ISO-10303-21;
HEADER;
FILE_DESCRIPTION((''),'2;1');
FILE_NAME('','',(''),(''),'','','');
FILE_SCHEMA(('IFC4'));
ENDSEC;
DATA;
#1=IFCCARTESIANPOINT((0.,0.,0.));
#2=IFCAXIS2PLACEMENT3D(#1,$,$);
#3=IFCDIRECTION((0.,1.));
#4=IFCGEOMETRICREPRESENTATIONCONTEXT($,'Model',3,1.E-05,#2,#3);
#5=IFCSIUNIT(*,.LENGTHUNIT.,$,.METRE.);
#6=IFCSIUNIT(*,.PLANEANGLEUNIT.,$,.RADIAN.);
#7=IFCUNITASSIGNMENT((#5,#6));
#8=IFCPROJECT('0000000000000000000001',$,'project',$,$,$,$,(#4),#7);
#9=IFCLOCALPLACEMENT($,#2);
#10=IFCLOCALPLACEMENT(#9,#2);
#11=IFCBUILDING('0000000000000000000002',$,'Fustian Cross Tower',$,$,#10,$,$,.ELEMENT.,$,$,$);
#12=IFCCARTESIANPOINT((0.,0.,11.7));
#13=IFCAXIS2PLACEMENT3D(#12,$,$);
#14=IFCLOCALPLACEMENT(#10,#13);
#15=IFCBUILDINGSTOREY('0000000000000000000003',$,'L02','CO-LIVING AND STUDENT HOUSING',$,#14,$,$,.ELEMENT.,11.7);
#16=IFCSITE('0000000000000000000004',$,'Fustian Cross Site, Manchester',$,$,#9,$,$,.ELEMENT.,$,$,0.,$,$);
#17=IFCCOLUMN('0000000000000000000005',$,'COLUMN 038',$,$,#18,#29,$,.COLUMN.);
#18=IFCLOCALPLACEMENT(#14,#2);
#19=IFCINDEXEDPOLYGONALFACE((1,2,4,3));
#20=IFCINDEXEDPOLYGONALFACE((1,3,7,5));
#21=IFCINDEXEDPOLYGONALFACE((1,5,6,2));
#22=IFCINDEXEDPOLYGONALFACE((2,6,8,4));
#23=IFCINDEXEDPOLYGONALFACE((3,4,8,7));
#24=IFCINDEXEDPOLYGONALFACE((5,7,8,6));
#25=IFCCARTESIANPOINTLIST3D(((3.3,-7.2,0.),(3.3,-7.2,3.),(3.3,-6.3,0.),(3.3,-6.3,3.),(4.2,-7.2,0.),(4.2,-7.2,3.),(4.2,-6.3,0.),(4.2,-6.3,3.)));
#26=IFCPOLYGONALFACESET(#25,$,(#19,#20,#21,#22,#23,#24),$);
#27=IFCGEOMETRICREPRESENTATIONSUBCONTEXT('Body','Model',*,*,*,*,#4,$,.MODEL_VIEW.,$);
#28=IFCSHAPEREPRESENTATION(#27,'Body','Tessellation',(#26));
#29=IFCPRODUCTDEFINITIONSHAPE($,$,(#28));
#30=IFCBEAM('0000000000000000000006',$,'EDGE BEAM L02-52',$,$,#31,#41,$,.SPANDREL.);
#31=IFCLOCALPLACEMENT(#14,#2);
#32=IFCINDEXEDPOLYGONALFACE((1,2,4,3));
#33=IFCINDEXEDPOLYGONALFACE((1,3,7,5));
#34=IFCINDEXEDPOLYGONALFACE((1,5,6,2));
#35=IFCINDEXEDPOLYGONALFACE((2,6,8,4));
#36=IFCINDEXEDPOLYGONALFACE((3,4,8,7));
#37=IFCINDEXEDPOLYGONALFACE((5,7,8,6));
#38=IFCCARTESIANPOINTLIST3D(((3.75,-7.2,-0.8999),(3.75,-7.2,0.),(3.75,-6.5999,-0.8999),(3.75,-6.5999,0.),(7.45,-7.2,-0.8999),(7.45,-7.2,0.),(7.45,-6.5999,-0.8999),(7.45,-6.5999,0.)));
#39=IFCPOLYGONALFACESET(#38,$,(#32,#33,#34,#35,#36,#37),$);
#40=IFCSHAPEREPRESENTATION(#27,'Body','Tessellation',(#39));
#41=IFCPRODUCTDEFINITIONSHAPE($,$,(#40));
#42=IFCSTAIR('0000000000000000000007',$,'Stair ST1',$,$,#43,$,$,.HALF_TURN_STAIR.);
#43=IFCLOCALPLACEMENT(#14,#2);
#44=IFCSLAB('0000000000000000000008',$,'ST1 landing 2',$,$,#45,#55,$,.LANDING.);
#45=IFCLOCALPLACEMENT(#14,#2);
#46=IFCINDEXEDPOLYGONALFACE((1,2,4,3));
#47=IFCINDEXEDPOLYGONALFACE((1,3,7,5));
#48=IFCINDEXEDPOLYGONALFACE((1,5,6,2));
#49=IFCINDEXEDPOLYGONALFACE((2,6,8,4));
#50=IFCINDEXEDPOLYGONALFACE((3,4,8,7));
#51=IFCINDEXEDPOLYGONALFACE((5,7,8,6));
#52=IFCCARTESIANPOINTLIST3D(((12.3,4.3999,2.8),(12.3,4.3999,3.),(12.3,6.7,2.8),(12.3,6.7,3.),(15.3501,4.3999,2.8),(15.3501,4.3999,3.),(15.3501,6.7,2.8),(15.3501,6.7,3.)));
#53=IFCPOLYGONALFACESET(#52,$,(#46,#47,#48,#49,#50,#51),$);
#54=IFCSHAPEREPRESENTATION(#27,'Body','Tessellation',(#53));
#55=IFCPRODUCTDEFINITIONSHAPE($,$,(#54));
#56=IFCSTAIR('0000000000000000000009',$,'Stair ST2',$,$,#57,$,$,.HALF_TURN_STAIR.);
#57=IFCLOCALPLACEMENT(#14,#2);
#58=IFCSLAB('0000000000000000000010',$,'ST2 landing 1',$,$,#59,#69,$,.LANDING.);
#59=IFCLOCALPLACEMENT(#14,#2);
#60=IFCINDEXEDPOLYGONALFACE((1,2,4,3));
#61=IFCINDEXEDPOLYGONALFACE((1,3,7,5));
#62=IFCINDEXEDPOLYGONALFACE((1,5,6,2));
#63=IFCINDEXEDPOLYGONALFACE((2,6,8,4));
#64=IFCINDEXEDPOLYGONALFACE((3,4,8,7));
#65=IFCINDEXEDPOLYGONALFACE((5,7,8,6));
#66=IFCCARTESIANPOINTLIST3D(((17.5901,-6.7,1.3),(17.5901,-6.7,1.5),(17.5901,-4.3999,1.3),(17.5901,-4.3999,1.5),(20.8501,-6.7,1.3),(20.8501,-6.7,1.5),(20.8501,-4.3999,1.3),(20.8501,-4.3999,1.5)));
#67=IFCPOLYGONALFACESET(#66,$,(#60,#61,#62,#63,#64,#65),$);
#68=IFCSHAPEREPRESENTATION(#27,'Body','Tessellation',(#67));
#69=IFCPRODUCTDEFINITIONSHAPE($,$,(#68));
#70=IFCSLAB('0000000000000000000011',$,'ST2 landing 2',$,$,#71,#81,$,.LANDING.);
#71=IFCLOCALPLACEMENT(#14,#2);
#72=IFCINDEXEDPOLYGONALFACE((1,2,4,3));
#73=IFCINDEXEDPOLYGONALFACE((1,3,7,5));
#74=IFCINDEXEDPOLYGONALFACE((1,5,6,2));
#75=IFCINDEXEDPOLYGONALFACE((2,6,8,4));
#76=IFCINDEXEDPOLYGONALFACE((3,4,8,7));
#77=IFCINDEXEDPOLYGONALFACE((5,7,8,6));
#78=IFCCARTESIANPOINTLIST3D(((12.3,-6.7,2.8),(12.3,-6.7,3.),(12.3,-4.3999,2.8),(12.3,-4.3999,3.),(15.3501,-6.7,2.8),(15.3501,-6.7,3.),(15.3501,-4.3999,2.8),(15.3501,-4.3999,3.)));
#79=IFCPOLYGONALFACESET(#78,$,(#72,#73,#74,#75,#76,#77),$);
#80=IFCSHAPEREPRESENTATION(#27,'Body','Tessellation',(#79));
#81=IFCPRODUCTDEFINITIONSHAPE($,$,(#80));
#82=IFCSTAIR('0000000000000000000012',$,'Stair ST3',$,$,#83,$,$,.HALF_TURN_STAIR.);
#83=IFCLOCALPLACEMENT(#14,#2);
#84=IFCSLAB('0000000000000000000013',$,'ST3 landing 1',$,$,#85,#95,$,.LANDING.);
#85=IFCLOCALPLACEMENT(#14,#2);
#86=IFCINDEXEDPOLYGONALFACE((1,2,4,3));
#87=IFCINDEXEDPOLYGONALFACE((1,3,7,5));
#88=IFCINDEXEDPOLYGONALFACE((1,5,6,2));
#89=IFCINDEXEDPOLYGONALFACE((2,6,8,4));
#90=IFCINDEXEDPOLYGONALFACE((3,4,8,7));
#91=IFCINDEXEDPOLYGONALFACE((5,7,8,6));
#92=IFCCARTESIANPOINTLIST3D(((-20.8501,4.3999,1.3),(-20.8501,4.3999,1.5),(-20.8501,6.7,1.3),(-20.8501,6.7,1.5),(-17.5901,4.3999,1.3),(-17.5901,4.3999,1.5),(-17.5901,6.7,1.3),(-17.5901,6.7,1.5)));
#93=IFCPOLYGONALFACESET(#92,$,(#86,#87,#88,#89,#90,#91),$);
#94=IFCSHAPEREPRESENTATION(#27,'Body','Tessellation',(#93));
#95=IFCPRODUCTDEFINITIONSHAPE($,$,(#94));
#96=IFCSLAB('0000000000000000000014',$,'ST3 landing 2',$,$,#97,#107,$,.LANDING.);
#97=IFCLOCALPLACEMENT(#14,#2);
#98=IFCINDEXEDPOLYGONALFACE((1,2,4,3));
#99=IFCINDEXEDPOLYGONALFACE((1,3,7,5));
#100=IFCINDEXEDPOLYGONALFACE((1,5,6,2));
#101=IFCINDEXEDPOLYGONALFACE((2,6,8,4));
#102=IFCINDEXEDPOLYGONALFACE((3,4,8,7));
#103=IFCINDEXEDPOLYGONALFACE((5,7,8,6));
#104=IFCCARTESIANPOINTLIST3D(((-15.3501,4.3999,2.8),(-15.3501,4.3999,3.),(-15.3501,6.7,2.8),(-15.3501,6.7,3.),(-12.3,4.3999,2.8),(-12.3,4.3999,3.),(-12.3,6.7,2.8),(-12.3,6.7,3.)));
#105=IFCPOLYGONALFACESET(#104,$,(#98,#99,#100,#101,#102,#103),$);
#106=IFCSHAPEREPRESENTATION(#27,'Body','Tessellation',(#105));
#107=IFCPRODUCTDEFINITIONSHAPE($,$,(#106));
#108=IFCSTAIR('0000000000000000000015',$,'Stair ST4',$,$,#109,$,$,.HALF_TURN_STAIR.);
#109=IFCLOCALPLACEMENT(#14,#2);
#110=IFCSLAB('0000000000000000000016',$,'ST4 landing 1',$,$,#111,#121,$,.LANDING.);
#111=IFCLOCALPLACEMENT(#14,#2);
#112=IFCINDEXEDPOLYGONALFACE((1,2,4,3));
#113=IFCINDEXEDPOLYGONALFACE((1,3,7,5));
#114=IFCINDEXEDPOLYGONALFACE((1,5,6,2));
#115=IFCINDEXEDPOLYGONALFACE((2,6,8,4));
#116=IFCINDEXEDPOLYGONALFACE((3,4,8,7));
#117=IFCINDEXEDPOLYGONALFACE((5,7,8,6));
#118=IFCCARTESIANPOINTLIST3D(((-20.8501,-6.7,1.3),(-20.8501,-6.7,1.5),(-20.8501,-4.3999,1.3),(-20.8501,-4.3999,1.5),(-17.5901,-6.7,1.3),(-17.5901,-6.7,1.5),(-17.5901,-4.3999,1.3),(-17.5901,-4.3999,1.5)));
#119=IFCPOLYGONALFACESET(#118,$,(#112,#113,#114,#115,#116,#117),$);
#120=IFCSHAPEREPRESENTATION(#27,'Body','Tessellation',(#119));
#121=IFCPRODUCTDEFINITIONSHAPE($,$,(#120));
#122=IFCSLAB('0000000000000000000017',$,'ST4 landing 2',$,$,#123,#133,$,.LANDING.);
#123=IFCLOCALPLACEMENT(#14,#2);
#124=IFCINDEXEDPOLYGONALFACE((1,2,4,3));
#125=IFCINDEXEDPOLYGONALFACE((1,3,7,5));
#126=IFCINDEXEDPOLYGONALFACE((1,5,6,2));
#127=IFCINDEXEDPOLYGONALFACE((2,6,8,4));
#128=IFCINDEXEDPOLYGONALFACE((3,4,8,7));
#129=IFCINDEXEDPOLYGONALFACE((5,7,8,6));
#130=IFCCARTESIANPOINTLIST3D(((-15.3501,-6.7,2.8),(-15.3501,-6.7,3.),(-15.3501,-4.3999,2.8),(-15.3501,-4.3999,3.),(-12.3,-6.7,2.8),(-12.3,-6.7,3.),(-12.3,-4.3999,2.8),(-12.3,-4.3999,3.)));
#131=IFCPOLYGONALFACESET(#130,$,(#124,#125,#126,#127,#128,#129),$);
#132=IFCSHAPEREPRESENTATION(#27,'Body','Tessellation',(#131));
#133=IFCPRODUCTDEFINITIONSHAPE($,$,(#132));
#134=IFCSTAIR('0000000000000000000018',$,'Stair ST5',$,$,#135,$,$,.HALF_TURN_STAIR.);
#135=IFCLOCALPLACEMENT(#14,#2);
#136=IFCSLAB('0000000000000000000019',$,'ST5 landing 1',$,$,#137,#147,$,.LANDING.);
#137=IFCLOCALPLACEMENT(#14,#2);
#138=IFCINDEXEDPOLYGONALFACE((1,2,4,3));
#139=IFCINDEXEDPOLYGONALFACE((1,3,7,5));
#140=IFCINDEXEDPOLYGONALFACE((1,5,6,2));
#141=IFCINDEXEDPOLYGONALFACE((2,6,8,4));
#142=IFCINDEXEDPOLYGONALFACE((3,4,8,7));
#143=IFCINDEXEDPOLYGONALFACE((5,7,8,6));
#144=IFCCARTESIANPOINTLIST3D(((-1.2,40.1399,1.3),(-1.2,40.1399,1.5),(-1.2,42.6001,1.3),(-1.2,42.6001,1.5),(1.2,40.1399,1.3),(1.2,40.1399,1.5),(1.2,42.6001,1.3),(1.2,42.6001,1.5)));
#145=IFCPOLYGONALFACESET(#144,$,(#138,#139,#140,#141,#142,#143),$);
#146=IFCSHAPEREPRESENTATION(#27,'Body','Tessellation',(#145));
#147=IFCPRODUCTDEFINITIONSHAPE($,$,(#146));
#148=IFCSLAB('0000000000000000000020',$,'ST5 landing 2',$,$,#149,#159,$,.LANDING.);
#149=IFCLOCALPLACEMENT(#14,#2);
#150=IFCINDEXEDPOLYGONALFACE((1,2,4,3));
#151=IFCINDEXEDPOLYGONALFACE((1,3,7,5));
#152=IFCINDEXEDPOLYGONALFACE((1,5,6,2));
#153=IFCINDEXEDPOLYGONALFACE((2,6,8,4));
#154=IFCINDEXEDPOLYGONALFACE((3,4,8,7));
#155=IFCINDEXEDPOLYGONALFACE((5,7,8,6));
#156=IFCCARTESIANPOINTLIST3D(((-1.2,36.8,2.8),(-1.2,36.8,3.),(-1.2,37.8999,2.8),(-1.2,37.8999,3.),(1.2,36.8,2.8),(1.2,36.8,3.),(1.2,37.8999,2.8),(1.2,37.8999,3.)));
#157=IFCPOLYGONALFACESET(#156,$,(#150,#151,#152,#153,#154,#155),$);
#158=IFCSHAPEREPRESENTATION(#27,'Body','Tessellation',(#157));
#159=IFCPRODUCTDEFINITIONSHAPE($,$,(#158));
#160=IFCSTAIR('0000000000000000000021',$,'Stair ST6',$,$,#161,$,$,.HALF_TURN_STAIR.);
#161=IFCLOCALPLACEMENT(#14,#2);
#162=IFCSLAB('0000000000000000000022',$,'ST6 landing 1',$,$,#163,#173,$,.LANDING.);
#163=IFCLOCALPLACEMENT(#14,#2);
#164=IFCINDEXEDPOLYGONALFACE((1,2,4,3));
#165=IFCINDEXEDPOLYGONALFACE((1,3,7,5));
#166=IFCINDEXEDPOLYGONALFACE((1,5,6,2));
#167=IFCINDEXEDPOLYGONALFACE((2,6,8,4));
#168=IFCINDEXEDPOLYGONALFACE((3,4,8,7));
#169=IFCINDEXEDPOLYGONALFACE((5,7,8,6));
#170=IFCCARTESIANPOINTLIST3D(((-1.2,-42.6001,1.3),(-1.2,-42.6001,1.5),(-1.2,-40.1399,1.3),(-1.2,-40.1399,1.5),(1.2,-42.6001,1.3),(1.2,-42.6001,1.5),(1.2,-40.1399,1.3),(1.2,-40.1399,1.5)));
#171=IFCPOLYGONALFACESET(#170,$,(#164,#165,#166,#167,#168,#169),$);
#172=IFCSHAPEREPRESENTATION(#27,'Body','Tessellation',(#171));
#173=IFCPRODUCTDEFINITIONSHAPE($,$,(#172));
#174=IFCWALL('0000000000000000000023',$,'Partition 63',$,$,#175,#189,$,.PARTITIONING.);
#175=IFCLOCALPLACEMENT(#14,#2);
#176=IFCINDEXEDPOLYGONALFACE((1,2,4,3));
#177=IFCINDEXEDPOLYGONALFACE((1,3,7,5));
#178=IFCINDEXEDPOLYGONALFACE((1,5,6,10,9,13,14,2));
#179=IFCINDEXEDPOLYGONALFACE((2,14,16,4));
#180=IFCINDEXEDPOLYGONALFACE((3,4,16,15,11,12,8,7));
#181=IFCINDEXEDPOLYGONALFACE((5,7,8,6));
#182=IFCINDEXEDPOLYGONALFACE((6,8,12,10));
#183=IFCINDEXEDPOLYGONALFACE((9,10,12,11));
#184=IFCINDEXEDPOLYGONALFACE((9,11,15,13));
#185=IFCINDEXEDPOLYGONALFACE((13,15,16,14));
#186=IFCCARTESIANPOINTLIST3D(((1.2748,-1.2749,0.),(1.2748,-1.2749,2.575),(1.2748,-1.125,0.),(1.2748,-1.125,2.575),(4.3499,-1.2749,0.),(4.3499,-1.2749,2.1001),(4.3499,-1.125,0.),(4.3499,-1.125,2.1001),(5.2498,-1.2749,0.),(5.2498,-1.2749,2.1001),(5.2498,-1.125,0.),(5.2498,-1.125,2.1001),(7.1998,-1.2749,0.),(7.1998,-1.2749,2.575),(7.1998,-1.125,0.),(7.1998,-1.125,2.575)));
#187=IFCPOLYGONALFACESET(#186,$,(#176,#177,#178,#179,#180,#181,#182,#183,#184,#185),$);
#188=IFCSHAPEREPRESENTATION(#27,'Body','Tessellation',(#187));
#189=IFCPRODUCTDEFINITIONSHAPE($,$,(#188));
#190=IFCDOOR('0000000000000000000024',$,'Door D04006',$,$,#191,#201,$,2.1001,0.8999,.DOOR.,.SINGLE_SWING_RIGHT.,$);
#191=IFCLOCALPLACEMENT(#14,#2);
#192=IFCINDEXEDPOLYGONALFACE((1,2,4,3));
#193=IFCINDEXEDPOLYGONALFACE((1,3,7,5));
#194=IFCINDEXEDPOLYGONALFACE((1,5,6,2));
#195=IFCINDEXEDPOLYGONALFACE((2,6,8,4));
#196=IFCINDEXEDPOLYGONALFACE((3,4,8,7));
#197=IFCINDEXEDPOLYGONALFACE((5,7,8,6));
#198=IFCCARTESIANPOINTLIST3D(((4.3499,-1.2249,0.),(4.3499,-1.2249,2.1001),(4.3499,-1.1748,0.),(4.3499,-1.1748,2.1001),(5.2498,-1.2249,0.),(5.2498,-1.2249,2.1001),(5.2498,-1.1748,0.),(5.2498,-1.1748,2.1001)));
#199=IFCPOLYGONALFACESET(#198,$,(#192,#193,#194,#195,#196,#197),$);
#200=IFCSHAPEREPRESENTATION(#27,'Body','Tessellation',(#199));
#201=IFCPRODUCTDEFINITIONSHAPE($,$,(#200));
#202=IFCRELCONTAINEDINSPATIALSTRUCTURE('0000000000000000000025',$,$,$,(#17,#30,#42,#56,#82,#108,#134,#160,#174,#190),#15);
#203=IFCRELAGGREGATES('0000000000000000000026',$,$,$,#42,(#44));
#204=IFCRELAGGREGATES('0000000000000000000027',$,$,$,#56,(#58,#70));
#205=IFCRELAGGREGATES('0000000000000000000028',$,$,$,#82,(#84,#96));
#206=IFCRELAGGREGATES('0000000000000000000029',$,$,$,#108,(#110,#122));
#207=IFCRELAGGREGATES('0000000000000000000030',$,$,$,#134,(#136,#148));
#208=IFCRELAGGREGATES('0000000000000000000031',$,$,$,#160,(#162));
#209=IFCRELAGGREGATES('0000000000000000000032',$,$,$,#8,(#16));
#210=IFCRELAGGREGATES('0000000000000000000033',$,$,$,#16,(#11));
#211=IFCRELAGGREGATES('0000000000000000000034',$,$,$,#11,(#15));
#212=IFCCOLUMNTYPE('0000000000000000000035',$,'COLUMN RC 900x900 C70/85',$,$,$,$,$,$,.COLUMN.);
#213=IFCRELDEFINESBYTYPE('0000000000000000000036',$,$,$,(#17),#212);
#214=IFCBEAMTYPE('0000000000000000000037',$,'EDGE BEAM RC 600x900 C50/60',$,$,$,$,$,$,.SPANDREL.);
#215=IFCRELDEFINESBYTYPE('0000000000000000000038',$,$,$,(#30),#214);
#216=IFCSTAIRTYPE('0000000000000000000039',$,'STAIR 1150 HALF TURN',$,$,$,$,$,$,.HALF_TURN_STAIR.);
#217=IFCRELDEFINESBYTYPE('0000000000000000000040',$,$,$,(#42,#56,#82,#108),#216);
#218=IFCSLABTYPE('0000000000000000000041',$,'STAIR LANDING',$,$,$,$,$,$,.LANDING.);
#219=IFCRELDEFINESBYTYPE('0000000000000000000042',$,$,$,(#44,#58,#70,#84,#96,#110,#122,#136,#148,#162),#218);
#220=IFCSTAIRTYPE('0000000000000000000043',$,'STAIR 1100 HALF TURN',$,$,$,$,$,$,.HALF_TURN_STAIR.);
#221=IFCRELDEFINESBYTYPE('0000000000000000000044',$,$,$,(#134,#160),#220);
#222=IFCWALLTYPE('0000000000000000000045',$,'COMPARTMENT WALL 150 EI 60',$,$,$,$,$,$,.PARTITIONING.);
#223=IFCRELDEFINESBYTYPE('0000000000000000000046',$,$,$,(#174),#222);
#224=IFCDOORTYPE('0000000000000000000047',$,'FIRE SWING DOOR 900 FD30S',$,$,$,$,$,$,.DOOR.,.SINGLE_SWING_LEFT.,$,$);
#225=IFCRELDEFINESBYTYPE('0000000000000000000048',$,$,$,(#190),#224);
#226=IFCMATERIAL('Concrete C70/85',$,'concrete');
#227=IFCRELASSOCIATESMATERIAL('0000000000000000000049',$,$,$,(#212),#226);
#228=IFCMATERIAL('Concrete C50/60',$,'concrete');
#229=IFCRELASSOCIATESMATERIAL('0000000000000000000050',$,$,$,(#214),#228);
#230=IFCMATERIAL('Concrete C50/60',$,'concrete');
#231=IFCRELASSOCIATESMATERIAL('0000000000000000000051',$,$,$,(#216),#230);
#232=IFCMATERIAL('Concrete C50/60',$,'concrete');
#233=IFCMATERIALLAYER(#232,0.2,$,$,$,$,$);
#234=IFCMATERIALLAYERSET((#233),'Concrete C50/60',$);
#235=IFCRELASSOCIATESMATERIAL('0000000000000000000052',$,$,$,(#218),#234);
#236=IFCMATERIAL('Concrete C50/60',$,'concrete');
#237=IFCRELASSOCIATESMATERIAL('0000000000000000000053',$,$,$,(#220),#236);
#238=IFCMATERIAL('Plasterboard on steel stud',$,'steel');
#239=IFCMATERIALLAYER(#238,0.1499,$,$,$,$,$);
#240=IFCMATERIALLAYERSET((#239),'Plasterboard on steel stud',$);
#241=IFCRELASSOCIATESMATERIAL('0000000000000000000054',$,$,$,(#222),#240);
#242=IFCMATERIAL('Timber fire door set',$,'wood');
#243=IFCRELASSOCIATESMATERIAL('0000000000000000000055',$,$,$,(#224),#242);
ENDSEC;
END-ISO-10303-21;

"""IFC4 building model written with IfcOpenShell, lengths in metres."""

from ifc_helpers import new_model, si_unit, direction, frame, frame_2d, origin, origin_2d, place, context, subcontext, project, spatial, polyline, rectangle, outline, extrude, material, layer, layer_set, material_profile, profile_set, type_object, element, fill, aggregate, save


model = new_model("IFC4")

# Units and contexts
model_context = context("Model", 3, precision=1e-05, world=origin(), true_north=direction((0.0, 1.0)))
body_context = subcontext(model_context, "Body", "Model", "MODEL_VIEW")
ifc_project = project(units=[si_unit("LENGTHUNIT", "METRE"), si_unit("PLANEANGLEUNIT", "RADIAN")], contexts=[model_context])

# Site, building, storey
site_placement = place(None, origin())
site = spatial("IfcSite", under=ifc_project, at=site_placement, Name="Fustian Cross Site, Manchester", CompositionType="ELEMENT", RefElevation=0.0)
building_placement = place(site_placement, origin())
building = spatial("IfcBuilding", under=site, at=building_placement, Name="Fustian Cross Tower", CompositionType="ELEMENT")
storey_placement = place(building_placement, frame((0.0, 0.0, 11.7)))
storey = spatial("IfcBuildingStorey", under=building, at=storey_placement, Name="L02", Description="CO-LIVING AND STUDENT HOUSING", CompositionType="ELEMENT", Elevation=11.7)

# Column
ifc_material_1 = material(Name="Concrete C70/85", Category="concrete")
ifc_material_profile_1 = material_profile(ifc_material_1, rectangle(XDim=0.8999, YDim=0.8999, at=origin_2d()), Name="RC 900x900")
ifc_profile_set_1 = profile_set([ifc_material_profile_1], Name="Concrete C70/85")
column_type = type_object("IfcColumnType", Name="COLUMN RC 900x900 C70/85", PredefinedType="COLUMN", material=ifc_profile_set_1)
column_placement = place(storey_placement, frame((3.75, -6.75, 0.0), z_axis=(0.0, 0.0, 1.0), x_axis=(1.0, 0.0, 0.0)))
element("IfcColumn", 1, at=column_placement, inside=storey, type_object=column_type, Name="COLUMN 038", PredefinedType="COLUMN", context=body_context, shape_type="SweptSolid", body=[
    extrude(rectangle(XDim=0.8999, YDim=0.8999, at=origin_2d()), origin(), (0.0, 0.0, 1.0), 3.0),
])

# Beam
ifc_material_2 = material(Name="Concrete C50/60", Category="concrete")
ifc_material_profile_2 = material_profile(ifc_material_2, rectangle(XDim=0.6001, YDim=0.8999, at=origin_2d()), Name="RC 600x900")
ifc_profile_set_2 = profile_set([ifc_material_profile_2], Name="Concrete C50/60")
beam_type = type_object("IfcBeamType", Name="EDGE BEAM RC 600x900 C50/60", PredefinedType="SPANDREL", material=ifc_profile_set_2)
beam_placement = place(storey_placement, frame((3.75, -6.8999, -0.45), z_axis=(1.0, 0.0, 0.0), x_axis=(0.0, 1.0, 0.0)))
element("IfcBeam", 2, at=beam_placement, inside=storey, type_object=beam_type, Name="EDGE BEAM L02-52", PredefinedType="SPANDREL", context=body_context, shape_type="SweptSolid", body=[
    extrude(rectangle(XDim=0.6001, YDim=0.8999, at=origin_2d()), origin(), (0.0, 0.0, 1.0), 3.7),
])

# Stair, slab
ifc_material_3 = material(Name="Concrete C50/60", Category="concrete")
stair_type_1 = type_object("IfcStairType", Name="STAIR 1150 HALF TURN", PredefinedType="HALF_TURN_STAIR", material=ifc_material_3)
stair_1_placement = place(storey_placement, origin())
stair_1 = element("IfcStair", 3, at=stair_1_placement, inside=storey, type_object=stair_type_1, Name="Stair ST1", PredefinedType="HALF_TURN_STAIR")
ifc_material_4 = material(Name="Concrete C50/60", Category="concrete")
ifc_layer_1 = layer(ifc_material_4, 0.2)
ifc_layer_set_1 = layer_set([ifc_layer_1], Name="Concrete C50/60")
slab_type = type_object("IfcSlabType", Name="STAIR LANDING", PredefinedType="LANDING", material=ifc_layer_set_1)
slab_1_placement = place(storey_placement, frame((0.0, 0.0, 2.8)))
slab_1 = element("IfcSlab", 4, at=slab_1_placement, type_object=slab_type, Name="ST1 landing 2", PredefinedType="LANDING", context=body_context, shape_type="SweptSolid", body=[
    extrude(outline(polyline([(12.3, 4.3999), (15.3501, 4.3999), (15.3501, 6.7), (12.3, 6.7), (12.3, 4.3999)])), origin(), (0.0, 0.0, 1.0), 0.2),
])
aggregate(stair_1, [slab_1])

# Stairs, slabs
stair_2_placement = place(storey_placement, origin())
stair_2 = element("IfcStair", 5, at=stair_2_placement, inside=storey, type_object=stair_type_1, Name="Stair ST2", PredefinedType="HALF_TURN_STAIR")
slab_2_placement = place(storey_placement, frame((0.0, 0.0, 1.3)))
slab_2 = element("IfcSlab", 6, at=slab_2_placement, type_object=slab_type, Name="ST2 landing 1", PredefinedType="LANDING", context=body_context, shape_type="SweptSolid", body=[
    extrude(outline(polyline([(17.5901, -4.3999), (20.8501, -4.3999), (20.8501, -6.7), (17.5901, -6.7), (17.5901, -4.3999)])), origin(), (0.0, 0.0, 1.0), 0.2),
])
slab_3_placement = place(storey_placement, frame((0.0, 0.0, 2.8)))
slab_3 = element("IfcSlab", 7, at=slab_3_placement, type_object=slab_type, Name="ST2 landing 2", PredefinedType="LANDING", context=body_context, shape_type="SweptSolid", body=[
    extrude(outline(polyline([(12.3, -4.3999), (15.3501, -4.3999), (15.3501, -6.7), (12.3, -6.7), (12.3, -4.3999)])), origin(), (0.0, 0.0, 1.0), 0.2),
])
aggregate(stair_2, [slab_2, slab_3])
stair_3_placement = place(storey_placement, origin())
stair_3 = element("IfcStair", 8, at=stair_3_placement, inside=storey, type_object=stair_type_1, Name="Stair ST3", PredefinedType="HALF_TURN_STAIR")
slab_4_placement = place(storey_placement, frame((0.0, 0.0, 1.3)))
slab_4 = element("IfcSlab", 9, at=slab_4_placement, type_object=slab_type, Name="ST3 landing 1", PredefinedType="LANDING", context=body_context, shape_type="SweptSolid", body=[
    extrude(outline(polyline([(-17.5901, 4.3999), (-20.8501, 4.3999), (-20.8501, 6.7), (-17.5901, 6.7), (-17.5901, 4.3999)])), origin(), (0.0, 0.0, 1.0), 0.2),
])
slab_5_placement = place(storey_placement, frame((0.0, 0.0, 2.8)))
slab_5 = element("IfcSlab", 10, at=slab_5_placement, type_object=slab_type, Name="ST3 landing 2", PredefinedType="LANDING", context=body_context, shape_type="SweptSolid", body=[
    extrude(outline(polyline([(-12.3, 4.3999), (-15.3501, 4.3999), (-15.3501, 6.7), (-12.3, 6.7), (-12.3, 4.3999)])), origin(), (0.0, 0.0, 1.0), 0.2),
])
aggregate(stair_3, [slab_4, slab_5])
stair_4_placement = place(storey_placement, origin())
stair_4 = element("IfcStair", 11, at=stair_4_placement, inside=storey, type_object=stair_type_1, Name="Stair ST4", PredefinedType="HALF_TURN_STAIR")
slab_6_placement = place(storey_placement, frame((0.0, 0.0, 1.3)))
slab_6 = element("IfcSlab", 12, at=slab_6_placement, type_object=slab_type, Name="ST4 landing 1", PredefinedType="LANDING", context=body_context, shape_type="SweptSolid", body=[
    extrude(outline(polyline([(-17.5901, -4.3999), (-20.8501, -4.3999), (-20.8501, -6.7), (-17.5901, -6.7), (-17.5901, -4.3999)])), origin(), (0.0, 0.0, 1.0), 0.2),
])
slab_7_placement = place(storey_placement, frame((0.0, 0.0, 2.8)))
slab_7 = element("IfcSlab", 13, at=slab_7_placement, type_object=slab_type, Name="ST4 landing 2", PredefinedType="LANDING", context=body_context, shape_type="SweptSolid", body=[
    extrude(outline(polyline([(-12.3, -4.3999), (-15.3501, -4.3999), (-15.3501, -6.7), (-12.3, -6.7), (-12.3, -4.3999)])), origin(), (0.0, 0.0, 1.0), 0.2),
])
aggregate(stair_4, [slab_6, slab_7])
ifc_material_5 = material(Name="Concrete C50/60", Category="concrete")
stair_type_2 = type_object("IfcStairType", Name="STAIR 1100 HALF TURN", PredefinedType="HALF_TURN_STAIR", material=ifc_material_5)
stair_5_placement = place(storey_placement, origin())
stair_5 = element("IfcStair", 14, at=stair_5_placement, inside=storey, type_object=stair_type_2, Name="Stair ST5", PredefinedType="HALF_TURN_STAIR")
slab_8_placement = place(storey_placement, frame((0.0, 0.0, 1.3)))
slab_8 = element("IfcSlab", 15, at=slab_8_placement, type_object=slab_type, Name="ST5 landing 1", PredefinedType="LANDING", context=body_context, shape_type="SweptSolid", body=[
    extrude(outline(polyline([(-1.2, 40.1399), (-1.2, 42.6001), (1.2, 42.6001), (1.2, 40.1399), (-1.2, 40.1399)])), origin(), (0.0, 0.0, 1.0), 0.2),
])
slab_9_placement = place(storey_placement, frame((0.0, 0.0, 2.8)))
slab_9 = element("IfcSlab", 16, at=slab_9_placement, type_object=slab_type, Name="ST5 landing 2", PredefinedType="LANDING", context=body_context, shape_type="SweptSolid", body=[
    extrude(outline(polyline([(-1.2, 36.8), (-1.2, 37.8999), (1.2, 37.8999), (1.2, 36.8), (-1.2, 36.8)])), origin(), (0.0, 0.0, 1.0), 0.2),
])
aggregate(stair_5, [slab_8, slab_9])

# Stair, slab
stair_6_placement = place(storey_placement, origin())
stair_6 = element("IfcStair", 17, at=stair_6_placement, inside=storey, type_object=stair_type_2, Name="Stair ST6", PredefinedType="HALF_TURN_STAIR")
slab_10_placement = place(storey_placement, frame((0.0, 0.0, 1.3)))
slab_10 = element("IfcSlab", 18, at=slab_10_placement, type_object=slab_type, Name="ST6 landing 1", PredefinedType="LANDING", context=body_context, shape_type="SweptSolid", body=[
    extrude(outline(polyline([(-1.2, -40.1399), (-1.2, -42.6001), (1.2, -42.6001), (1.2, -40.1399), (-1.2, -40.1399)])), origin(), (0.0, 0.0, 1.0), 0.2),
])
aggregate(stair_6, [slab_10])

# Wall, opening, door
ifc_material_6 = material(Name="Plasterboard on steel stud", Category="steel")
ifc_layer_2 = layer(ifc_material_6, 0.1499)
ifc_layer_set_2 = layer_set([ifc_layer_2], Name="Plasterboard on steel stud")
wall_type_1 = type_object("IfcWallType", Name="COMPARTMENT WALL 150 EI 60", PredefinedType="PARTITIONING", material=ifc_layer_set_2)
wall_1_placement = place(storey_placement, frame((1.2749, -1.2, 0.0), z_axis=(0.0, 0.0, 1.0), x_axis=(1.0, 0.0, 0.0)))
wall_1 = element("IfcWall", 19, at=wall_1_placement, inside=storey, type_object=wall_type_1, Name="Partition 63", PredefinedType="PARTITIONING", context=body_context, shape_type="SweptSolid", body=[
    extrude(rectangle(XDim=5.925, YDim=0.1499, at=frame_2d((2.9624, 0.0))), origin(), (0.0, 0.0, 1.0), 2.575),
])
opening_1_placement = place(wall_1_placement, frame((3.075, 0.0, 0.0)))
opening_1 = element("IfcOpeningElement", 20, at=opening_1_placement, cuts=wall_1, PredefinedType="OPENING", context=body_context, shape_type="SweptSolid", body=[
    extrude(rectangle(XDim=0.8999, YDim=2.1001, at=frame_2d((0.45, 1.05))), frame((0.0, 0.085, 0.0), z_axis=(0.0, -1.0, 0.0), x_axis=(1.0, 0.0, 0.0)), (0.0, 0.0, 1.0), 0.1699),
])
ifc_material_7 = material(Name="Timber fire door set", Category="wood")
door_type_1 = type_object("IfcDoorType", Name="FIRE SWING DOOR 900 FD30S", OperationType="SINGLE_SWING_LEFT", PredefinedType="DOOR", material=ifc_material_7)
door_1_placement = place(opening_1_placement, frame((0.8999, 0.0, 0.0), z_axis=(0.0, 0.0, 1.0), x_axis=(-1.0, 0.0, 0.0)))
door_1 = element("IfcDoor", 21, at=door_1_placement, inside=storey, type_object=door_type_1, Name="Door D04006", OperationType="SINGLE_SWING_RIGHT", OverallHeight=2.1001, OverallWidth=0.8999, PredefinedType="DOOR", context=body_context, shape_type="SweptSolid", body=[
    extrude(rectangle(XDim=0.8999, YDim=2.1001, at=frame_2d((0.45, 1.05))), frame((0.0, 0.0249, 0.0), z_axis=(0.0, -1.0, 0.0), x_axis=(1.0, 0.0, 0.0)), (0.0, 0.0, 1.0), 0.05),
])
fill(opening_1, door_1)

save(model, "model.ifc")
